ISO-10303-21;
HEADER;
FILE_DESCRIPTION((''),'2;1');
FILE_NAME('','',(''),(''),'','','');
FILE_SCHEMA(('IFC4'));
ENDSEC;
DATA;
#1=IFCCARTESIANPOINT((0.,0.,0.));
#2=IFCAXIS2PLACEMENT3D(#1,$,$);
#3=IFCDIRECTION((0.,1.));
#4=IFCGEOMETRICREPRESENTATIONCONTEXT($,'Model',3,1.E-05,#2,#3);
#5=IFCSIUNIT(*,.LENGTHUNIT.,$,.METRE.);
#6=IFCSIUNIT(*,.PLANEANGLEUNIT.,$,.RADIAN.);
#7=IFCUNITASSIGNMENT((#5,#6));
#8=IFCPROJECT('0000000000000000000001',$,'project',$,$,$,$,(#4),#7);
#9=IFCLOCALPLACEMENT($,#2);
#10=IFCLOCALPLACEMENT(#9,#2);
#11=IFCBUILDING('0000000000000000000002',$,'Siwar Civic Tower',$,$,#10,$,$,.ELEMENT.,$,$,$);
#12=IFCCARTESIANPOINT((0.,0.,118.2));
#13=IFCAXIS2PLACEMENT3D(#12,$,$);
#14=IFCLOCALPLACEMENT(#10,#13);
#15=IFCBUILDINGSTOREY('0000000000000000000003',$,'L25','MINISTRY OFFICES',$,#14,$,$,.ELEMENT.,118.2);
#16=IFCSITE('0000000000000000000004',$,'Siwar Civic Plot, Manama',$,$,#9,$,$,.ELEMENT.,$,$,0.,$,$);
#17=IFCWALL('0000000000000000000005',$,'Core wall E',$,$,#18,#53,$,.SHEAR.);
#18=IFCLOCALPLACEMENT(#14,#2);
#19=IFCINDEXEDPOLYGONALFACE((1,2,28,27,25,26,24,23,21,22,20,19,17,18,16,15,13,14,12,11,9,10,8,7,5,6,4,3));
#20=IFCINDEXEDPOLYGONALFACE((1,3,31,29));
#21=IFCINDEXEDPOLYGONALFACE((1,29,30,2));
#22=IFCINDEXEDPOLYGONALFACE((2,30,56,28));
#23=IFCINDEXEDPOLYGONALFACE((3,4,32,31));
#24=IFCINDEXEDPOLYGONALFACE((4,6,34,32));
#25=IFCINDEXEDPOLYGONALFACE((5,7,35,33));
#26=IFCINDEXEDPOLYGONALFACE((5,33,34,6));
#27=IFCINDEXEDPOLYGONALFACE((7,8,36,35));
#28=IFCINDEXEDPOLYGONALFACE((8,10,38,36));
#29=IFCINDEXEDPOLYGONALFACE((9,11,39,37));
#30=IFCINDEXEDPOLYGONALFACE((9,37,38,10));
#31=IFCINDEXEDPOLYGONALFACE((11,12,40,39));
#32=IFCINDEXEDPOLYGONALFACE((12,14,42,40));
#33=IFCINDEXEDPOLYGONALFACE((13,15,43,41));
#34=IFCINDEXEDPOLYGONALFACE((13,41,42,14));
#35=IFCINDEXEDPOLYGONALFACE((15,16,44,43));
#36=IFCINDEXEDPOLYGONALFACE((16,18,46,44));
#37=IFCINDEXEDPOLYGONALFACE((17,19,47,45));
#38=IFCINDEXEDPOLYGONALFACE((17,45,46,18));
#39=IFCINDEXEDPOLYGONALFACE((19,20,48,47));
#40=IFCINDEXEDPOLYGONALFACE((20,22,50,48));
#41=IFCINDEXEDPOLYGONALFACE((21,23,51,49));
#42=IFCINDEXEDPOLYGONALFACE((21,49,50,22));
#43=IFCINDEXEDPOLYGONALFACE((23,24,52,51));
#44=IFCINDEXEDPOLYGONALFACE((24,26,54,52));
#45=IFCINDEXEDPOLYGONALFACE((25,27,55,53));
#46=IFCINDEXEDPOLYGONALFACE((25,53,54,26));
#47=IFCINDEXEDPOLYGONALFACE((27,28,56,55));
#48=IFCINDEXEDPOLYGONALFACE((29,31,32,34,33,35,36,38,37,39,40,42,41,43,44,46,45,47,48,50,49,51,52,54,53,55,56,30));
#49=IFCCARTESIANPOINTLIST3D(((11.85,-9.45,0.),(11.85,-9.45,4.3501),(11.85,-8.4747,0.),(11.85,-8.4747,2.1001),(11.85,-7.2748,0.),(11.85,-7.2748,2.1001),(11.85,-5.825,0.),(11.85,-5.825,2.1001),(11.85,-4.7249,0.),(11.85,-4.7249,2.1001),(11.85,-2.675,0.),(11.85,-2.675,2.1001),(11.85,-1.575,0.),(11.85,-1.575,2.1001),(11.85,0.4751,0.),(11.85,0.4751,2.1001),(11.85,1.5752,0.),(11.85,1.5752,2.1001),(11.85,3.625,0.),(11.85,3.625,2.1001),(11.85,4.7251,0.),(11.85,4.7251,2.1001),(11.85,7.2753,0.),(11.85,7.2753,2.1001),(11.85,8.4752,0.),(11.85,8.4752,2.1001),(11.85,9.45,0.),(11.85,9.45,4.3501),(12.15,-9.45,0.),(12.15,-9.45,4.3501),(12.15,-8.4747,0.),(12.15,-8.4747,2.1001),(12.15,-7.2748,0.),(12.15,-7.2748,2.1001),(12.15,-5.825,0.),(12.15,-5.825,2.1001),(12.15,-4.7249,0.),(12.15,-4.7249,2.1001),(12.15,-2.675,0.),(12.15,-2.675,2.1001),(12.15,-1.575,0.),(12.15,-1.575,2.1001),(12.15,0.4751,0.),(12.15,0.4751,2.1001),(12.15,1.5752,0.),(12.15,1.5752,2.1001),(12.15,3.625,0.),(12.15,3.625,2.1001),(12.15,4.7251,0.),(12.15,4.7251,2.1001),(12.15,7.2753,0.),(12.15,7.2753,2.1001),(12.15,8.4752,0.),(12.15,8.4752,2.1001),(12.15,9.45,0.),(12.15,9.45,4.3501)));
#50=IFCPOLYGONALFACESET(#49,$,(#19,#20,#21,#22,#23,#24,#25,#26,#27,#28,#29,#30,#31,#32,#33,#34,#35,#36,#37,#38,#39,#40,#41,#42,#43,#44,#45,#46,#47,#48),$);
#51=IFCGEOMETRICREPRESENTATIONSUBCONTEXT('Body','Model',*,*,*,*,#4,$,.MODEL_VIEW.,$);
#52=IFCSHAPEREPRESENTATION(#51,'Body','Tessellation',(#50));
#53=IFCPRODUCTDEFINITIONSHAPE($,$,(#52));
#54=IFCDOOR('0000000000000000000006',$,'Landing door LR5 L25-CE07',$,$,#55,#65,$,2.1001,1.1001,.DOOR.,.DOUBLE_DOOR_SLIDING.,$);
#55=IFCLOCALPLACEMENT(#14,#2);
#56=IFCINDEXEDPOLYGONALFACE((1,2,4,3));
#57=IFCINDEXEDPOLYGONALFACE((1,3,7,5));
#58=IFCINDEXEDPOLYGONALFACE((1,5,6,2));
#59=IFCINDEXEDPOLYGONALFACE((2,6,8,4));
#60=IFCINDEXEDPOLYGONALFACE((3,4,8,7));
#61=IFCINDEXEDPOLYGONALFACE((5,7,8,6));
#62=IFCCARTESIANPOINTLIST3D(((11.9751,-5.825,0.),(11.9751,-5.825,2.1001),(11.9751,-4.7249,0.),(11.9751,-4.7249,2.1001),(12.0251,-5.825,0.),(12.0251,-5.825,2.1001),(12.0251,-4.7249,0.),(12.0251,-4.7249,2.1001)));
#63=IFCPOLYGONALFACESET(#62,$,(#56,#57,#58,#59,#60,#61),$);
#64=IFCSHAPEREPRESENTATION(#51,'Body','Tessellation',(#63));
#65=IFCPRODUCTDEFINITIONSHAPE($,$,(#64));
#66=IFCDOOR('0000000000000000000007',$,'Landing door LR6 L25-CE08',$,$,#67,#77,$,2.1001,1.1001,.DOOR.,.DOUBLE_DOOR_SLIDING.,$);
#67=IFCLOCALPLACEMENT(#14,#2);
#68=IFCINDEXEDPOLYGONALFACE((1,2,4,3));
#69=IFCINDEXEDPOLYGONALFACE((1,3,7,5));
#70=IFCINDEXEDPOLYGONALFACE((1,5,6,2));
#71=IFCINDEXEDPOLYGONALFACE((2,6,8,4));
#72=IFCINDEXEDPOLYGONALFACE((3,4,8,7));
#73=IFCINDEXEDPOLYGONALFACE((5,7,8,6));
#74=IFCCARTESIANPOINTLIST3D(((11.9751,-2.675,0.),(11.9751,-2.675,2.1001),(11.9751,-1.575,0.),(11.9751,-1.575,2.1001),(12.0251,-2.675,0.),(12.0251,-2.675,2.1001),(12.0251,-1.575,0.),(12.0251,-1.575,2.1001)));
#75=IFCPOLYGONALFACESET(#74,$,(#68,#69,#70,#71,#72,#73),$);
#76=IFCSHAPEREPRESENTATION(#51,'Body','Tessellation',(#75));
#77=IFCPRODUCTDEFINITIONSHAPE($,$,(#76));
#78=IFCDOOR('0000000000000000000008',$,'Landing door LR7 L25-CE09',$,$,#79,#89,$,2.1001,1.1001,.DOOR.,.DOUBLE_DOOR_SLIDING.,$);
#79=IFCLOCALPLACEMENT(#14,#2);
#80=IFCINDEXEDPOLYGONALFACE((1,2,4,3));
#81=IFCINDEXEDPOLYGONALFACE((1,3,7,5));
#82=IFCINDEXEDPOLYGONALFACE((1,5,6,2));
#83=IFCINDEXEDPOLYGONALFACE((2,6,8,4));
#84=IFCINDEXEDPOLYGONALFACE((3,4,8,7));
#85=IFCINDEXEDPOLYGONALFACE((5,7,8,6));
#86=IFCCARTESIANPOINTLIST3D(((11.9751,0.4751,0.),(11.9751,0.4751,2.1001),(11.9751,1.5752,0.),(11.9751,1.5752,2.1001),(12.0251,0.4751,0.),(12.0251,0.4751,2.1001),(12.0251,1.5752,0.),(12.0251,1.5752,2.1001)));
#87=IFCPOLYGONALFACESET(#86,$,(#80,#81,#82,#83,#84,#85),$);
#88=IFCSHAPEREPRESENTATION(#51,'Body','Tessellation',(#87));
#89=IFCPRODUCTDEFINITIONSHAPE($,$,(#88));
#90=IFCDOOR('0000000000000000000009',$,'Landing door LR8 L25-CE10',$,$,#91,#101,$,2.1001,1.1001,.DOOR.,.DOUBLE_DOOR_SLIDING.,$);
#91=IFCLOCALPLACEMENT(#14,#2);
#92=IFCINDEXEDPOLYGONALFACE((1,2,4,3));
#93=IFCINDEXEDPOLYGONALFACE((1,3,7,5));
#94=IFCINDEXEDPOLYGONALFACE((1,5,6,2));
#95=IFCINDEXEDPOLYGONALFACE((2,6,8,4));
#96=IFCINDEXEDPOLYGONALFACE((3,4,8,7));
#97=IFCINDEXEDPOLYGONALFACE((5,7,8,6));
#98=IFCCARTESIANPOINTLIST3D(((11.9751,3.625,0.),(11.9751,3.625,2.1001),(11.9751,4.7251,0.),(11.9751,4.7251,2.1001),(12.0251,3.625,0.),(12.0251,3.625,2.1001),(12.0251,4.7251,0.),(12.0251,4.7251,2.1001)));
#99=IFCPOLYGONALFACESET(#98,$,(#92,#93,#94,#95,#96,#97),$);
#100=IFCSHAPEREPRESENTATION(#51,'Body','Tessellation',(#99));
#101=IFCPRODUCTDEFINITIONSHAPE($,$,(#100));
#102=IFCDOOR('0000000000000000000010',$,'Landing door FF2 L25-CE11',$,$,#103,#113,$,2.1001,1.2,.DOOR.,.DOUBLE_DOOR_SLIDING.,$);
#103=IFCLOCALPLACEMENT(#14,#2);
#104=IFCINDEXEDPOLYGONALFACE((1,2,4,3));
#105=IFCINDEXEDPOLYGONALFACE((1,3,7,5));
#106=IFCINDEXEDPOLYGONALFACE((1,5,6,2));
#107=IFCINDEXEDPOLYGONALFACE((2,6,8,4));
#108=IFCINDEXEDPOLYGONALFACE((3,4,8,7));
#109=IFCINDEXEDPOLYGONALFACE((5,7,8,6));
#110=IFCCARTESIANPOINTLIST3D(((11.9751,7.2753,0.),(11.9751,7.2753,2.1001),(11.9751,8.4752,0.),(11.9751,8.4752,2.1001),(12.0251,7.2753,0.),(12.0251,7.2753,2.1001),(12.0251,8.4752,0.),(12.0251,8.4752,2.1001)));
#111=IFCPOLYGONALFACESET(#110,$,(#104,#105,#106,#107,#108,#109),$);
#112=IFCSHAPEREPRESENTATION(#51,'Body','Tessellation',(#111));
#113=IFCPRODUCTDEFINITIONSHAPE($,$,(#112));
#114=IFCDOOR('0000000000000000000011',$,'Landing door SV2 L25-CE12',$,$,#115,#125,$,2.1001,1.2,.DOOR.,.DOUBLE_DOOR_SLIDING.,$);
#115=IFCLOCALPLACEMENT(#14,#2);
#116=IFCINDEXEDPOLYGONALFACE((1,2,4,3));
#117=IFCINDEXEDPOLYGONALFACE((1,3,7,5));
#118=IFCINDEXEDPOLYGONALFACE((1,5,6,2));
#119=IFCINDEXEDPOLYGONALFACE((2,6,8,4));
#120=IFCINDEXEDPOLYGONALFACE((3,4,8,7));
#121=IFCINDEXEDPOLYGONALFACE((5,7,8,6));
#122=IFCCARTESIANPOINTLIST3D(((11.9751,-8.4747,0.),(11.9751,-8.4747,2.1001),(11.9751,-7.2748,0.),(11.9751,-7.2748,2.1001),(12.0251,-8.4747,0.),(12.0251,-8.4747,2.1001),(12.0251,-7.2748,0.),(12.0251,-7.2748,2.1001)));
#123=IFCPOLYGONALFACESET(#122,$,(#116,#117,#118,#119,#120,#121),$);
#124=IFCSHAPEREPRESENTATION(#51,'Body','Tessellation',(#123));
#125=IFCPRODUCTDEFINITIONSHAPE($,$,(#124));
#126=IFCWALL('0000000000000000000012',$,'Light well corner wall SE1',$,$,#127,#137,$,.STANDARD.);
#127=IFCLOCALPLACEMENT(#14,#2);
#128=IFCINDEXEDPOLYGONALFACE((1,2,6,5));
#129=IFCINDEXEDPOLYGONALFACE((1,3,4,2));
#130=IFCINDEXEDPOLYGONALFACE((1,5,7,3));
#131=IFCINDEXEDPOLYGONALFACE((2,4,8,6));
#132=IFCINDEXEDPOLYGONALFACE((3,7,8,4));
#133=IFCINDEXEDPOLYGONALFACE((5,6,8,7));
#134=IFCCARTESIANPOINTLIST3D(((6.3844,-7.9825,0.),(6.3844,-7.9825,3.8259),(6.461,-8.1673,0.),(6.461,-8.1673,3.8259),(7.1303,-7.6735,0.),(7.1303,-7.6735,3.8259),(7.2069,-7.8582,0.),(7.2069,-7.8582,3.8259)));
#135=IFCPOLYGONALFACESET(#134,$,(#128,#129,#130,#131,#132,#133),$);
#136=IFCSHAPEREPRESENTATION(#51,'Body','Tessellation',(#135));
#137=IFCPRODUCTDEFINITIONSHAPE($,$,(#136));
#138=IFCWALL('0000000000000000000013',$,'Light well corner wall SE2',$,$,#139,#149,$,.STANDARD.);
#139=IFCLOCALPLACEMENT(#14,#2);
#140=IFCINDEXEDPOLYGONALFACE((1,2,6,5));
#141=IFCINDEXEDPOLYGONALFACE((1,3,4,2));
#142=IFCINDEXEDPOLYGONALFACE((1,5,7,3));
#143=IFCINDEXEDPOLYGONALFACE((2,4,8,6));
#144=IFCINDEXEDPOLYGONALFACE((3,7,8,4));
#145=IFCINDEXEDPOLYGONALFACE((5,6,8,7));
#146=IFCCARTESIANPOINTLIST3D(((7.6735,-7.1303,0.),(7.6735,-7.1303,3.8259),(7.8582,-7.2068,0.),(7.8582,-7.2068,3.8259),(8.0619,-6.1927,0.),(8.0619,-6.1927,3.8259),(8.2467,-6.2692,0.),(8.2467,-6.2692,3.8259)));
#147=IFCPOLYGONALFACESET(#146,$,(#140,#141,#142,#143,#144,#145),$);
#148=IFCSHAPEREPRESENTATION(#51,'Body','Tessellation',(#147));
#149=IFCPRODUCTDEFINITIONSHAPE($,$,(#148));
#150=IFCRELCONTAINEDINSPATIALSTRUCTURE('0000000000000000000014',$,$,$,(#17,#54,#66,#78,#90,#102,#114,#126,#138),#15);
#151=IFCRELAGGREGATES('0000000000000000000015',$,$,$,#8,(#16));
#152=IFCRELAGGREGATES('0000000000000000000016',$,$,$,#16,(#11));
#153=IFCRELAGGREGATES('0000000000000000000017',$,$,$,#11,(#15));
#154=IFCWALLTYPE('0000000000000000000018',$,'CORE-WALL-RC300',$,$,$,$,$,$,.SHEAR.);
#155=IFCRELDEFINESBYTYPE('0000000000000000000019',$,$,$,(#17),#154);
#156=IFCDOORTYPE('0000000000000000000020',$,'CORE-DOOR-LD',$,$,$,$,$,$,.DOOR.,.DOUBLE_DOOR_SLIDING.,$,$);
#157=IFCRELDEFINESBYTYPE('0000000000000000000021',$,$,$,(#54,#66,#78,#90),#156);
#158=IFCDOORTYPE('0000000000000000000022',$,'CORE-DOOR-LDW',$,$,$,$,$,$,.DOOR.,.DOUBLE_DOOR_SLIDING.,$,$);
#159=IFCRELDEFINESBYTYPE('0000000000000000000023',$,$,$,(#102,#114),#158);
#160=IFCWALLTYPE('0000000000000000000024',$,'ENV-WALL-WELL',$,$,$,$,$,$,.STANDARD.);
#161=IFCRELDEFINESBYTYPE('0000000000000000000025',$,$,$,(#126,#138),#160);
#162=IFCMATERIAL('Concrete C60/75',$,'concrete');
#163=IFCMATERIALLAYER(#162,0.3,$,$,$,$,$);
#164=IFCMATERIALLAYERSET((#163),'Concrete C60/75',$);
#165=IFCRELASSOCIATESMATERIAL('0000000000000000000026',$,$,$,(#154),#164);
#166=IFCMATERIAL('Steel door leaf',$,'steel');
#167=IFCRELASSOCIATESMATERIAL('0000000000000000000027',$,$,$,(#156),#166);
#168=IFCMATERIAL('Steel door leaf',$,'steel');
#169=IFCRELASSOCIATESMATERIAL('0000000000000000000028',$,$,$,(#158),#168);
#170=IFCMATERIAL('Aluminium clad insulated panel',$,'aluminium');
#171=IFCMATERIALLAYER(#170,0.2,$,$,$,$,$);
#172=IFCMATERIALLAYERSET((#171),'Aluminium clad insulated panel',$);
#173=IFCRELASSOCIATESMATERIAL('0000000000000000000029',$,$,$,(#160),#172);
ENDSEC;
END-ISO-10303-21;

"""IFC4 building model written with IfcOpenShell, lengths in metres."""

from ifc_helpers import new_model, si_unit, direction, frame, frame_2d, origin, place, context, subcontext, project, spatial, rectangle, extrude, material, layer, layer_set, type_object, element, fill, save


model = new_model("IFC4")

# Units and contexts
model_context = context("Model", 3, precision=1e-05, world=origin(), true_north=direction((0.0, 1.0)))
body_context = subcontext(model_context, "Body", "Model", "MODEL_VIEW")
ifc_project = project(units=[si_unit("LENGTHUNIT", "METRE"), si_unit("PLANEANGLEUNIT", "RADIAN")], contexts=[model_context])

# Site, building, storey
site_placement = place(None, origin())
site = spatial("IfcSite", under=ifc_project, at=site_placement, Name="Siwar Civic Plot, Manama", CompositionType="ELEMENT", RefElevation=0.0)
building_placement = place(site_placement, origin())
building = spatial("IfcBuilding", under=site, at=building_placement, Name="Siwar Civic Tower", CompositionType="ELEMENT")
storey_placement = place(building_placement, frame((0.0, 0.0, 118.2)))
storey = spatial("IfcBuildingStorey", under=building, at=storey_placement, Name="L25", Description="MINISTRY OFFICES", CompositionType="ELEMENT", Elevation=118.2)

# Wall, openings, doors
ifc_material_1 = material(Name="Concrete C60/75", Category="concrete")
ifc_layer_1 = layer(ifc_material_1, 0.3)
ifc_layer_set_1 = layer_set([ifc_layer_1], Name="Concrete C60/75")
wall_type_1 = type_object("IfcWallType", Name="CORE-WALL-RC300", PredefinedType="SHEAR", material=ifc_layer_set_1)
wall_1_placement = place(storey_placement, frame((12.0, -9.45, 0.0), z_axis=(0.0, 0.0, 1.0), x_axis=(0.0, 1.0, 0.0)))
wall_1 = element("IfcWall", 1, at=wall_1_placement, inside=storey, type_object=wall_type_1, Name="Core wall E", PredefinedType="SHEAR", context=body_context, shape_type="SweptSolid", body=[
    extrude(rectangle(XDim=18.8999, YDim=0.3, at=frame_2d((9.45, 0.0))), origin(), (0.0, 0.0, 1.0), 4.3501),
])
opening_1_placement = place(wall_1_placement, frame((3.625, 0.0, 0.0)))
opening_1 = element("IfcOpeningElement", 2, at=opening_1_placement, cuts=wall_1, PredefinedType="OPENING", context=body_context, shape_type="SweptSolid", body=[
    extrude(rectangle(XDim=1.1001, YDim=2.1001, at=frame_2d((0.55, 1.05))), frame((0.0, 0.1602, 0.0), z_axis=(0.0, -1.0, 0.0), x_axis=(1.0, 0.0, 0.0)), (0.0, 0.0, 1.0), 0.3201),
])
opening_2_placement = place(wall_1_placement, frame((6.7749, 0.0, 0.0)))
opening_2 = element("IfcOpeningElement", 3, at=opening_2_placement, cuts=wall_1, PredefinedType="OPENING", context=body_context, shape_type="SweptSolid", body=[
    extrude(rectangle(XDim=1.1001, YDim=2.1001, at=frame_2d((0.55, 1.05))), frame((0.0, 0.1602, 0.0), z_axis=(0.0, -1.0, 0.0), x_axis=(1.0, 0.0, 0.0)), (0.0, 0.0, 1.0), 0.3201),
])
opening_3_placement = place(wall_1_placement, frame((9.925, 0.0, 0.0)))
opening_3 = element("IfcOpeningElement", 4, at=opening_3_placement, cuts=wall_1, PredefinedType="OPENING", context=body_context, shape_type="SweptSolid", body=[
    extrude(rectangle(XDim=1.1001, YDim=2.1001, at=frame_2d((0.55, 1.05))), frame((0.0, 0.1602, 0.0), z_axis=(0.0, -1.0, 0.0), x_axis=(1.0, 0.0, 0.0)), (0.0, 0.0, 1.0), 0.3201),
])
opening_4_placement = place(wall_1_placement, frame((13.075, 0.0, 0.0)))
opening_4 = element("IfcOpeningElement", 5, at=opening_4_placement, cuts=wall_1, PredefinedType="OPENING", context=body_context, shape_type="SweptSolid", body=[
    extrude(rectangle(XDim=1.1001, YDim=2.1001, at=frame_2d((0.55, 1.05))), frame((0.0, 0.1602, 0.0), z_axis=(0.0, -1.0, 0.0), x_axis=(1.0, 0.0, 0.0)), (0.0, 0.0, 1.0), 0.3201),
])
opening_5_placement = place(wall_1_placement, frame((16.7251, 0.0, 0.0)))
opening_5 = element("IfcOpeningElement", 6, at=opening_5_placement, cuts=wall_1, PredefinedType="OPENING", context=body_context, shape_type="SweptSolid", body=[
    extrude(rectangle(XDim=1.2, YDim=2.1001, at=frame_2d((0.6001, 1.05))), frame((0.0, 0.1602, 0.0), z_axis=(0.0, -1.0, 0.0), x_axis=(1.0, 0.0, 0.0)), (0.0, 0.0, 1.0), 0.3201),
])
opening_6_placement = place(wall_1_placement, frame((0.9751, 0.0, 0.0)))
opening_6 = element("IfcOpeningElement", 7, at=opening_6_placement, cuts=wall_1, PredefinedType="OPENING", context=body_context, shape_type="SweptSolid", body=[
    extrude(rectangle(XDim=1.2, YDim=2.1001, at=frame_2d((0.6001, 1.05))), frame((0.0, 0.1602, 0.0), z_axis=(0.0, -1.0, 0.0), x_axis=(1.0, 0.0, 0.0)), (0.0, 0.0, 1.0), 0.3201),
])
ifc_material_2 = material(Name="Steel door leaf", Category="steel")
door_type_1 = type_object("IfcDoorType", Name="CORE-DOOR-LD", OperationType="DOUBLE_DOOR_SLIDING", PredefinedType="DOOR", material=ifc_material_2)
door_1_placement = place(opening_1_placement, origin())
door_1 = element("IfcDoor", 8, at=door_1_placement, inside=storey, type_object=door_type_1, Name="Landing door LR5 L25-CE07", OperationType="DOUBLE_DOOR_SLIDING", OverallHeight=2.1001, OverallWidth=1.1001, PredefinedType="DOOR", context=body_context, shape_type="SweptSolid", body=[
    extrude(rectangle(XDim=1.1001, YDim=2.1001, at=frame_2d((0.55, 1.05))), frame((0.0, 0.0249, 0.0), z_axis=(0.0, -1.0, 0.0), x_axis=(1.0, 0.0, 0.0)), (0.0, 0.0, 1.0), 0.05),
])
fill(opening_1, door_1)
door_2_placement = place(opening_2_placement, origin())
door_2 = element("IfcDoor", 9, at=door_2_placement, inside=storey, type_object=door_type_1, Name="Landing door LR6 L25-CE08", OperationType="DOUBLE_DOOR_SLIDING", OverallHeight=2.1001, OverallWidth=1.1001, PredefinedType="DOOR", context=body_context, shape_type="SweptSolid", body=[
    extrude(rectangle(XDim=1.1001, YDim=2.1001, at=frame_2d((0.55, 1.05))), frame((0.0, 0.0249, 0.0), z_axis=(0.0, -1.0, 0.0), x_axis=(1.0, 0.0, 0.0)), (0.0, 0.0, 1.0), 0.05),
])
fill(opening_2, door_2)
door_3_placement = place(opening_3_placement, origin())
door_3 = element("IfcDoor", 10, at=door_3_placement, inside=storey, type_object=door_type_1, Name="Landing door LR7 L25-CE09", OperationType="DOUBLE_DOOR_SLIDING", OverallHeight=2.1001, OverallWidth=1.1001, PredefinedType="DOOR", context=body_context, shape_type="SweptSolid", body=[
    extrude(rectangle(XDim=1.1001, YDim=2.1001, at=frame_2d((0.55, 1.05))), frame((0.0, 0.0249, 0.0), z_axis=(0.0, -1.0, 0.0), x_axis=(1.0, 0.0, 0.0)), (0.0, 0.0, 1.0), 0.05),
])
fill(opening_3, door_3)
door_4_placement = place(opening_4_placement, origin())
door_4 = element("IfcDoor", 11, at=door_4_placement, inside=storey, type_object=door_type_1, Name="Landing door LR8 L25-CE10", OperationType="DOUBLE_DOOR_SLIDING", OverallHeight=2.1001, OverallWidth=1.1001, PredefinedType="DOOR", context=body_context, shape_type="SweptSolid", body=[
    extrude(rectangle(XDim=1.1001, YDim=2.1001, at=frame_2d((0.55, 1.05))), frame((0.0, 0.0249, 0.0), z_axis=(0.0, -1.0, 0.0), x_axis=(1.0, 0.0, 0.0)), (0.0, 0.0, 1.0), 0.05),
])
fill(opening_4, door_4)
ifc_material_3 = material(Name="Steel door leaf", Category="steel")
door_type_2 = type_object("IfcDoorType", Name="CORE-DOOR-LDW", OperationType="DOUBLE_DOOR_SLIDING", PredefinedType="DOOR", material=ifc_material_3)
door_5_placement = place(opening_5_placement, origin())
door_5 = element("IfcDoor", 12, at=door_5_placement, inside=storey, type_object=door_type_2, Name="Landing door FF2 L25-CE11", OperationType="DOUBLE_DOOR_SLIDING", OverallHeight=2.1001, OverallWidth=1.2, PredefinedType="DOOR", context=body_context, shape_type="SweptSolid", body=[
    extrude(rectangle(XDim=1.2, YDim=2.1001, at=frame_2d((0.6001, 1.05))), frame((0.0, 0.0249, 0.0), z_axis=(0.0, -1.0, 0.0), x_axis=(1.0, 0.0, 0.0)), (0.0, 0.0, 1.0), 0.05),
])
fill(opening_5, door_5)
door_6_placement = place(opening_6_placement, origin())
door_6 = element("IfcDoor", 13, at=door_6_placement, inside=storey, type_object=door_type_2, Name="Landing door SV2 L25-CE12", OperationType="DOUBLE_DOOR_SLIDING", OverallHeight=2.1001, OverallWidth=1.2, PredefinedType="DOOR", context=body_context, shape_type="SweptSolid", body=[
    extrude(rectangle(XDim=1.2, YDim=2.1001, at=frame_2d((0.6001, 1.05))), frame((0.0, 0.0249, 0.0), z_axis=(0.0, -1.0, 0.0), x_axis=(1.0, 0.0, 0.0)), (0.0, 0.0, 1.0), 0.05),
])
fill(opening_6, door_6)

# Walls
ifc_material_4 = material(Name="Aluminium clad insulated panel", Category="aluminium")
ifc_layer_2 = layer(ifc_material_4, 0.2)
ifc_layer_set_2 = layer_set([ifc_layer_2], Name="Aluminium clad insulated panel")
wall_type_2 = type_object("IfcWallType", Name="ENV-WALL-WELL", PredefinedType="STANDARD", material=ifc_layer_set_2)
wall_2_placement = place(storey_placement, frame((6.4226, -8.075, 0.0), z_axis=(0.0, 0.0, 1.0), x_axis=(0.923818, 0.382833, 0.0)))
element("IfcWall", 14, at=wall_2_placement, inside=storey, type_object=wall_type_2, Name="Light well corner wall SE1", PredefinedType="STANDARD", context=body_context, shape_type="SweptSolid", body=[
    extrude(rectangle(XDim=0.8074, YDim=0.2, at=frame_2d((0.4038, 0.0))), origin(), (0.0, 0.0, 1.0), 3.8259),
])
wall_3_placement = place(storey_placement, frame((7.7659, -7.1685, 0.0), z_axis=(0.0, 0.0, 1.0), x_axis=(0.38277, 0.923844, 0.0)))
element("IfcWall", 15, at=wall_3_placement, inside=storey, type_object=wall_type_2, Name="Light well corner wall SE2", PredefinedType="STANDARD", context=body_context, shape_type="SweptSolid", body=[
    extrude(rectangle(XDim=1.0149, YDim=0.2, at=frame_2d((0.5073, 0.0))), origin(), (0.0, 0.0, 1.0), 3.8259),
])

save(model, "model.ifc")
